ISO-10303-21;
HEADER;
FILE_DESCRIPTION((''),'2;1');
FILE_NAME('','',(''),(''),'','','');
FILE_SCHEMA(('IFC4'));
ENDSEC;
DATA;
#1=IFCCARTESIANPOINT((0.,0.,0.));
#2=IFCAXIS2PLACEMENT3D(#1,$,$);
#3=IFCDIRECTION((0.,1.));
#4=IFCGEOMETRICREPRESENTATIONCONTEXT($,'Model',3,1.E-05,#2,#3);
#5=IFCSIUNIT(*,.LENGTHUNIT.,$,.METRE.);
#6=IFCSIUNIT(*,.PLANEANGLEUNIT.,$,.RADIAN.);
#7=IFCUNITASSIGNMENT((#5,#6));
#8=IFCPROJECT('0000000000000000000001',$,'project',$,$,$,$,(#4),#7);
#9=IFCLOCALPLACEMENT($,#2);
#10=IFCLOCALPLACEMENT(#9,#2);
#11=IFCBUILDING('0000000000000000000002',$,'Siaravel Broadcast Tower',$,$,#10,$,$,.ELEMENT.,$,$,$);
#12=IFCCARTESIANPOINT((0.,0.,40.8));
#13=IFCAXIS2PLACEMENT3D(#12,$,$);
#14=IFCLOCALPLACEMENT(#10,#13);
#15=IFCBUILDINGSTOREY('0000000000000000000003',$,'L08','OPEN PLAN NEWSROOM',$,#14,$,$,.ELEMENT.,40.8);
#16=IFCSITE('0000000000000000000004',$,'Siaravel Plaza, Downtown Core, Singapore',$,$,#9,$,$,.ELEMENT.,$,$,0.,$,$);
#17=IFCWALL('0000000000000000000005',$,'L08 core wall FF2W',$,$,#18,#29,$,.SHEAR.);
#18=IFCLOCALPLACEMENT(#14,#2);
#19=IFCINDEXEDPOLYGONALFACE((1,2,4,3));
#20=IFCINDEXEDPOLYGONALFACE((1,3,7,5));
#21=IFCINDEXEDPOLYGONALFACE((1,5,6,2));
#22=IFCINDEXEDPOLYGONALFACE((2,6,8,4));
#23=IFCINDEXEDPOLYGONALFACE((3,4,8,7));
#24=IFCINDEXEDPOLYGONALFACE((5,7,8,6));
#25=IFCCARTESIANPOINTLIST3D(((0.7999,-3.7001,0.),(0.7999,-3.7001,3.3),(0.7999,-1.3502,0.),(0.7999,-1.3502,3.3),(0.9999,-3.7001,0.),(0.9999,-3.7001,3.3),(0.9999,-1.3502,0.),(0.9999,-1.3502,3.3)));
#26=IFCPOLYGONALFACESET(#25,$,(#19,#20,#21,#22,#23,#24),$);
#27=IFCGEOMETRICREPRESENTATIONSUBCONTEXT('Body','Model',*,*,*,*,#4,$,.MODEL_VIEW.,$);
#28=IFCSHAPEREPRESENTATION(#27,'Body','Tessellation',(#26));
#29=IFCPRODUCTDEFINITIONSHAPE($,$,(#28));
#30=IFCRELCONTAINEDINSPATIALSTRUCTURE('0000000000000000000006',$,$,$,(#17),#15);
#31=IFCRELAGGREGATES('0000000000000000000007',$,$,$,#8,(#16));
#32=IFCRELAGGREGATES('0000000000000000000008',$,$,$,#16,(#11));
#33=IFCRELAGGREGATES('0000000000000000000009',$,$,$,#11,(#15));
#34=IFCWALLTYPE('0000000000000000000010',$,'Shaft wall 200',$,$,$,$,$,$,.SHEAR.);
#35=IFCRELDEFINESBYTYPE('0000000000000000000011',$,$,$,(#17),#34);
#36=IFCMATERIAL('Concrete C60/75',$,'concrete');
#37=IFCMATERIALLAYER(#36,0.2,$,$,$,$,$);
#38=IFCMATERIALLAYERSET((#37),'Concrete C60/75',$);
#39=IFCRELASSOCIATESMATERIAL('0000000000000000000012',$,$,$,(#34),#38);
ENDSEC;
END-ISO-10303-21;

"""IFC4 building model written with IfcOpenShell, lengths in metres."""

from ifc_helpers import new_model, si_unit, direction, frame, frame_2d, origin, place, context, subcontext, project, spatial, rectangle, extrude, material, layer, layer_set, type_object, element, save


model = new_model("IFC4")

# Units and contexts
model_context = context("Model", 3, precision=1e-05, world=origin(), true_north=direction((0.0, 1.0)))
body_context = subcontext(model_context, "Body", "Model", "MODEL_VIEW")
ifc_project = project(units=[si_unit("LENGTHUNIT", "METRE"), si_unit("PLANEANGLEUNIT", "RADIAN")], contexts=[model_context])

# Site, building, storey
site_placement = place(None, origin())
site = spatial("IfcSite", under=ifc_project, at=site_placement, Name="Siaravel Plaza, Downtown Core, Singapore", CompositionType="ELEMENT", RefElevation=0.0)
building_placement = place(site_placement, origin())
building = spatial("IfcBuilding", under=site, at=building_placement, Name="Siaravel Broadcast Tower", CompositionType="ELEMENT")
storey_placement = place(building_placement, frame((0.0, 0.0, 40.8)))
storey = spatial("IfcBuildingStorey", under=building, at=storey_placement, Name="L08", Description="OPEN PLAN NEWSROOM", CompositionType="ELEMENT", Elevation=40.8)

# Shared definitions
ifc_material_1 = material(Name="Concrete C60/75", Category="concrete")

# Shared definitions
ifc_layer_1 = layer(ifc_material_1, 0.2)
ifc_layer_set_1 = layer_set([ifc_layer_1], Name="Concrete C60/75")
wall_type_1 = type_object("IfcWallType", Name="Shaft wall 200", PredefinedType="SHEAR", material=ifc_layer_set_1)

# Wall
wall_1_placement = place(storey_placement, frame((0.8999, -3.7, 0.0), z_axis=(0.0, 0.0, 1.0), x_axis=(0.0, 1.0, 0.0)))
element("IfcWall", 1, at=wall_1_placement, inside=storey, type_object=wall_type_1, Name="L08 core wall FF2W", PredefinedType="SHEAR", context=body_context, shape_type="SweptSolid", body=[
    extrude(rectangle(XDim=2.3499, YDim=0.2, at=frame_2d((1.1748, 0.0))), origin(), (0.0, 0.0, 1.0), 3.3),
])

save(model, "model.ifc")
